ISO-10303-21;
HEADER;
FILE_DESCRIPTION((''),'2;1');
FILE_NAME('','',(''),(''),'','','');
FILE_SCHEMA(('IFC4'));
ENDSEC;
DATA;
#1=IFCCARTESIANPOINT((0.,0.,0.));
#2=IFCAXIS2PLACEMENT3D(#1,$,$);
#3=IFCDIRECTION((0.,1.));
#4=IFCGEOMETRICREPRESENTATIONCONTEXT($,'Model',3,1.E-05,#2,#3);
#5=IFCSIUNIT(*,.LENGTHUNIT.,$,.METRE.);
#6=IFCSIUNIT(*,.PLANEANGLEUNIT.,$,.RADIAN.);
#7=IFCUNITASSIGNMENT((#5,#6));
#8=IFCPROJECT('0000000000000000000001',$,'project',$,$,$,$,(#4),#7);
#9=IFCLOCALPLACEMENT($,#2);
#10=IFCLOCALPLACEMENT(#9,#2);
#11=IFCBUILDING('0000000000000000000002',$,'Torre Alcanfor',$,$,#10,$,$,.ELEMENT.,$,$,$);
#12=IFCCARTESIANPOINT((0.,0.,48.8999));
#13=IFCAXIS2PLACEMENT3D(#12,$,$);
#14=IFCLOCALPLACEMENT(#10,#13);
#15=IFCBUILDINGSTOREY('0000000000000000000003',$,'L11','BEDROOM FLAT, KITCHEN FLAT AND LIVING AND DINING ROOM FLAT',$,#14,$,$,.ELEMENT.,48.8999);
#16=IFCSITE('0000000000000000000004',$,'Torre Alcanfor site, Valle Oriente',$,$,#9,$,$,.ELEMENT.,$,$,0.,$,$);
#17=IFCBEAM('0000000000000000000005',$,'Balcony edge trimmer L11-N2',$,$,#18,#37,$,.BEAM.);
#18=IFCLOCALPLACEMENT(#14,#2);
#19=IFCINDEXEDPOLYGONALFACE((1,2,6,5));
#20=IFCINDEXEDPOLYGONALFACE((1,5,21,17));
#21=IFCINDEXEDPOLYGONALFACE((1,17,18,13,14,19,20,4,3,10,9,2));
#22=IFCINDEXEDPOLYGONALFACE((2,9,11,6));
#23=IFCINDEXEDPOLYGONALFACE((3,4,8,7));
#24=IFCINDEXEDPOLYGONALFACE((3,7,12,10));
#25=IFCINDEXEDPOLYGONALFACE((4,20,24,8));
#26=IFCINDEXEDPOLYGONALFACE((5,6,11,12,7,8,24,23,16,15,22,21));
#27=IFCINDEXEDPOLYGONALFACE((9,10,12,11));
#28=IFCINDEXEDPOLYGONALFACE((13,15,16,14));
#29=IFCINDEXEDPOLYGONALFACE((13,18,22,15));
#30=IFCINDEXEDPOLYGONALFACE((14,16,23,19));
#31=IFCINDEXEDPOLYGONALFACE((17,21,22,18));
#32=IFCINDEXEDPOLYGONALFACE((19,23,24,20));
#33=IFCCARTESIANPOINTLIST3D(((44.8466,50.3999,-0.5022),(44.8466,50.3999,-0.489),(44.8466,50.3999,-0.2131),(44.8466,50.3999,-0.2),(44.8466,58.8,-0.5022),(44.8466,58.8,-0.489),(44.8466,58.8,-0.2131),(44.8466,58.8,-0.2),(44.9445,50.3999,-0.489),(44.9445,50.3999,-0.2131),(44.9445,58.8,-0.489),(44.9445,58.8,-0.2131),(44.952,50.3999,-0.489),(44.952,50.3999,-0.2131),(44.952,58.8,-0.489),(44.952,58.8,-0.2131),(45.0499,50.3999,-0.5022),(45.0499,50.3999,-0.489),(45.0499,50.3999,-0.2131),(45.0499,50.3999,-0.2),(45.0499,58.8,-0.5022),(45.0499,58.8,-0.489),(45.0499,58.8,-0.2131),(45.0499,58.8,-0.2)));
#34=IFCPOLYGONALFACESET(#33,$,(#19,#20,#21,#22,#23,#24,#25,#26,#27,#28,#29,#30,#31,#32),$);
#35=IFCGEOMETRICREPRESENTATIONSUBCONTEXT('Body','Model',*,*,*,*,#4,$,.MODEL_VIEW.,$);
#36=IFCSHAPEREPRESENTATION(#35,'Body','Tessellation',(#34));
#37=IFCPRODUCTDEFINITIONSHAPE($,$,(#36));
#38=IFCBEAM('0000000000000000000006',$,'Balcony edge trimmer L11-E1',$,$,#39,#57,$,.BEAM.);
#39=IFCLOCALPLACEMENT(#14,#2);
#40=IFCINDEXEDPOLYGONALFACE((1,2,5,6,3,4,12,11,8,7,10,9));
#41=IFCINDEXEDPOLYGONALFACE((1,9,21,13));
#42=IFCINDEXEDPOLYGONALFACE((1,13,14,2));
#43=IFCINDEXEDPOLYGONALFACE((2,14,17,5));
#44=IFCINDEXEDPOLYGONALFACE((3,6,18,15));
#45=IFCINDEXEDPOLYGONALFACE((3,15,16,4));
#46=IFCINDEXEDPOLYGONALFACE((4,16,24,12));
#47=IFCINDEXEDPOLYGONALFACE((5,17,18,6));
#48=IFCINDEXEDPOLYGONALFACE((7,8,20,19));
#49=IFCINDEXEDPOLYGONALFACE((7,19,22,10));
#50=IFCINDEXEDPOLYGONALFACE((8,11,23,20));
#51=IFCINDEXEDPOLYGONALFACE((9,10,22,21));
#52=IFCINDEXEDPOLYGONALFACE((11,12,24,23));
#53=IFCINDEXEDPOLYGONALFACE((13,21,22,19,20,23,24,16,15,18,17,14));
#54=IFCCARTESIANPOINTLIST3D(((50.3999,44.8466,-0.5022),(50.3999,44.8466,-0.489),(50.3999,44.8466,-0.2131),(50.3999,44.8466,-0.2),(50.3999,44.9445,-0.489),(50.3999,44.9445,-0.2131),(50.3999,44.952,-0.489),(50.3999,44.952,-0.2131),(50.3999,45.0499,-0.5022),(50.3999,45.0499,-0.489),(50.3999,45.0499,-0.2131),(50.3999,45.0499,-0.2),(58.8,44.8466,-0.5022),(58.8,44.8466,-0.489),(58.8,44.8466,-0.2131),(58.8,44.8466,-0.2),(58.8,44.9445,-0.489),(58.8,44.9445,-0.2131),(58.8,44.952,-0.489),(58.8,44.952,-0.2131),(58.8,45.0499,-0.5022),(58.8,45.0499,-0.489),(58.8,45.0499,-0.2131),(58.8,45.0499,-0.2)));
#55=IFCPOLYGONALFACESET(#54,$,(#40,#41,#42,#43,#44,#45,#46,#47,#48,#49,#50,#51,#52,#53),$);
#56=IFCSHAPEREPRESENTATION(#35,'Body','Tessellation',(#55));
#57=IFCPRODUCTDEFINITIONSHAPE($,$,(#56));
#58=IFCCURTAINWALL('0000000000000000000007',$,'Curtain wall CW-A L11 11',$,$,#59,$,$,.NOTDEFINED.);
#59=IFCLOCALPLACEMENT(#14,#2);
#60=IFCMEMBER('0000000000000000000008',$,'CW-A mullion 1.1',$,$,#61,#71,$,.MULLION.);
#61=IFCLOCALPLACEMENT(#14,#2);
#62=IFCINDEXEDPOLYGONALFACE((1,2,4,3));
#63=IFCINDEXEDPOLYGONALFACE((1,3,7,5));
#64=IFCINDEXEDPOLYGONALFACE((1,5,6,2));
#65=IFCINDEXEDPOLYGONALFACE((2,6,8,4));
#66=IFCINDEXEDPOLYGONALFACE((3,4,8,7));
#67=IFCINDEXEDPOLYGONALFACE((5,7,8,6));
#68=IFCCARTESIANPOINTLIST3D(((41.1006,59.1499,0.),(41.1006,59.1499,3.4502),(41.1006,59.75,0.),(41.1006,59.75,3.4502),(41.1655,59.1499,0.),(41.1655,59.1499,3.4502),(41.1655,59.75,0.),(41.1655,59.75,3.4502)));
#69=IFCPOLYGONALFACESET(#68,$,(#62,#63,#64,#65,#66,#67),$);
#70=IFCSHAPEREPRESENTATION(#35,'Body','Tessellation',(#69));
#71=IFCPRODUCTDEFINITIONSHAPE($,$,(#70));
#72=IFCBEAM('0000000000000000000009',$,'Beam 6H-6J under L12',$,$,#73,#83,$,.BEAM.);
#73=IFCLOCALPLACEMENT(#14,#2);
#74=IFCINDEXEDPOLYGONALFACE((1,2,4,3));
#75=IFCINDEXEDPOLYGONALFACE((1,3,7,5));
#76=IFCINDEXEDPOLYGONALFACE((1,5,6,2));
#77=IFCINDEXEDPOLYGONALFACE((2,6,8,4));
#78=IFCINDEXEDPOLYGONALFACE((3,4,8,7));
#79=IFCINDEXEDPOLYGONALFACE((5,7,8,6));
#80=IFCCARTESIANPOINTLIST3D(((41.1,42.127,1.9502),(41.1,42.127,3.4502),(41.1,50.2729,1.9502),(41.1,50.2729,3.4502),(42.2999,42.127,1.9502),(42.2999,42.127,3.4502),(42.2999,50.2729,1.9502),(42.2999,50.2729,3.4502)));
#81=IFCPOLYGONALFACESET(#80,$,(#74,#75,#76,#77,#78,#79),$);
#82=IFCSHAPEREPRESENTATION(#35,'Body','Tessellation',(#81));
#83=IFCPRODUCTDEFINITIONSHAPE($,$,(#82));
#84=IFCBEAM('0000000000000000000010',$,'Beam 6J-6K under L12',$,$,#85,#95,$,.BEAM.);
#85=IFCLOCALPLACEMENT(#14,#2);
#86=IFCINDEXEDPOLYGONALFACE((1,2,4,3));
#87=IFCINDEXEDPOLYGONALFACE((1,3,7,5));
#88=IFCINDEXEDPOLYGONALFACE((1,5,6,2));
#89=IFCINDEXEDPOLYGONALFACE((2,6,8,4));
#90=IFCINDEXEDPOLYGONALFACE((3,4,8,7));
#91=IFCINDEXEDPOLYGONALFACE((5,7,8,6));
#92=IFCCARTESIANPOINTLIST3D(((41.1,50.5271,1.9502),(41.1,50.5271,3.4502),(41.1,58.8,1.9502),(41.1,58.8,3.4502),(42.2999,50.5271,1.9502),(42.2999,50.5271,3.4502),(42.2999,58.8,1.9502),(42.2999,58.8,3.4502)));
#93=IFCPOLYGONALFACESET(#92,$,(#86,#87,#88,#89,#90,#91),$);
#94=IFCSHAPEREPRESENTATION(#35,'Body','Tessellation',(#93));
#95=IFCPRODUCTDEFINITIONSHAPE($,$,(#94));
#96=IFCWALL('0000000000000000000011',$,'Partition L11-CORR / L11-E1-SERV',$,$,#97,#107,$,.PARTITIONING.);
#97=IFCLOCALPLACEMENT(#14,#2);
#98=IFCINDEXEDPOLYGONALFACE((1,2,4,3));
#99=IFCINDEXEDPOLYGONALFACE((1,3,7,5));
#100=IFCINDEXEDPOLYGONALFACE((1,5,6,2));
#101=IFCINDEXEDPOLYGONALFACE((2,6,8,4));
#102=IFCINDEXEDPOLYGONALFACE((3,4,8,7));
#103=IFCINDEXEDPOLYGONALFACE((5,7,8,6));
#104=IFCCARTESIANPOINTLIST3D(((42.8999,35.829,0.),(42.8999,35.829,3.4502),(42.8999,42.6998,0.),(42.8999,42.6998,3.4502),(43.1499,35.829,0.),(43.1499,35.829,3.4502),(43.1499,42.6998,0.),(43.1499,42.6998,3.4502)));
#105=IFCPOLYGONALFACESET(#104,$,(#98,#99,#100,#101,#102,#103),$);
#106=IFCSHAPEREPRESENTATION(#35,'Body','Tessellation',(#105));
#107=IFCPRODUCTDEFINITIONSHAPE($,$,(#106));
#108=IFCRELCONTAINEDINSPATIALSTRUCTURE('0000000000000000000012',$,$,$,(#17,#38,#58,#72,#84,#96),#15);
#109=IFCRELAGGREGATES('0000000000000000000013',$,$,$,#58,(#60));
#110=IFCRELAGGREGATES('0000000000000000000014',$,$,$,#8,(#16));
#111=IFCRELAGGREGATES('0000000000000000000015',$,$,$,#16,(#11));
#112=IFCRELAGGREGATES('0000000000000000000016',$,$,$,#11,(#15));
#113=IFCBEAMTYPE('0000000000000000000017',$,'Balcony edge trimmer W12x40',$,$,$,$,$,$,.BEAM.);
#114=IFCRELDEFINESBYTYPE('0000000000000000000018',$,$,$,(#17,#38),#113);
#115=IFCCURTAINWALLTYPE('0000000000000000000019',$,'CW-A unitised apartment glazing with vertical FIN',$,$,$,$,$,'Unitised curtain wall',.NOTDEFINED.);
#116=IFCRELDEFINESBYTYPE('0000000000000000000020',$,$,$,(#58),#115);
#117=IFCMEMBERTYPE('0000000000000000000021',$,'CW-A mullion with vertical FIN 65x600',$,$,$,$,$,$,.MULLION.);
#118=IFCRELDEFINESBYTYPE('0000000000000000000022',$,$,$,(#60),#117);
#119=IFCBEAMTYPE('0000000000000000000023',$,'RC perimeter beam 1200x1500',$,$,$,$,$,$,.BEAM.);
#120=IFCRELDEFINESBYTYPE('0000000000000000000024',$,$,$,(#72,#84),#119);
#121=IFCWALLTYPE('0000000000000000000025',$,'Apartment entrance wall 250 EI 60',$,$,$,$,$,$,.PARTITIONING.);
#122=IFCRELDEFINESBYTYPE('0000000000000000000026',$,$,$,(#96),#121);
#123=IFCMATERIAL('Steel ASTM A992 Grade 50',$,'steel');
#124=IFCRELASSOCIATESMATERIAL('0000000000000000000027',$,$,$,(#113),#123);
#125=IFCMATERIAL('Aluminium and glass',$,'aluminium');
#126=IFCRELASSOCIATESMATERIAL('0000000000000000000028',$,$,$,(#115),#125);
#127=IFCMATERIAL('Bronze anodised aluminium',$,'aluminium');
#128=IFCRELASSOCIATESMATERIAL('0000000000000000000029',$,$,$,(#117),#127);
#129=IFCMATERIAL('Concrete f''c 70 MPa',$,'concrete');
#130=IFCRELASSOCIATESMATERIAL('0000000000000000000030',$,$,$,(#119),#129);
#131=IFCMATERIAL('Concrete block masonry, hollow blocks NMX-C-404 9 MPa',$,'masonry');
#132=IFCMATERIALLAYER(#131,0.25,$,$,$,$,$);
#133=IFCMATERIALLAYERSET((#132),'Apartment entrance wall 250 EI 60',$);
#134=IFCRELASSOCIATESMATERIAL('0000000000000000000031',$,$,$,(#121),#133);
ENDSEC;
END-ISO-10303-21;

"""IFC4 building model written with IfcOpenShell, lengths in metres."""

from ifc_helpers import new_model, si_unit, direction, frame, frame_2d, origin, origin_2d, place, context, subcontext, project, spatial, rectangle, i_section, extrude, material, layer, layer_set, material_profile, profile_set, type_object, element, aggregate, save


model = new_model("IFC4")

# Units and contexts
model_context = context("Model", 3, precision=1e-05, world=origin(), true_north=direction((0.0, 1.0)))
body_context = subcontext(model_context, "Body", "Model", "MODEL_VIEW")
ifc_project = project(units=[si_unit("LENGTHUNIT", "METRE"), si_unit("PLANEANGLEUNIT", "RADIAN")], contexts=[model_context])

# Site, building, storey
site_placement = place(None, origin())
site = spatial("IfcSite", under=ifc_project, at=site_placement, Name="Torre Alcanfor site, Valle Oriente", CompositionType="ELEMENT", RefElevation=0.0)
building_placement = place(site_placement, origin())
building = spatial("IfcBuilding", under=site, at=building_placement, Name="Torre Alcanfor", CompositionType="ELEMENT")
storey_placement = place(building_placement, frame((0.0, 0.0, 48.8999)))
storey = spatial("IfcBuildingStorey", under=building, at=storey_placement, Name="L11", Description="BEDROOM FLAT, KITCHEN FLAT AND LIVING AND DINING ROOM FLAT", CompositionType="ELEMENT", Elevation=48.8999)

# Beams
ifc_material_1 = material(Name="Steel ASTM A992 Grade 50", Category="steel")
ifc_material_profile_1 = material_profile(ifc_material_1, i_section(OverallWidth=0.2034, OverallDepth=0.3022, WebThickness=0.0076, FlangeThickness=0.0132, at=origin_2d()), Name="W12x40")
ifc_profile_set_1 = profile_set([ifc_material_profile_1], Name="Steel ASTM A992 Grade 50")
beam_type_1 = type_object("IfcBeamType", Name="Balcony edge trimmer W12x40", PredefinedType="BEAM", material=ifc_profile_set_1)
for number, where, z_axis, x_axis, name in (
    (1, (44.9482, 50.3999, -0.3511), (0.0, 1.0, 0.0), (-1.0, 0.0, 0.0), "Balcony edge trimmer L11-N2"),
    (2, (50.3999, 44.9482, -0.3511), (1.0, 0.0, 0.0), (0.0, 1.0, 0.0), "Balcony edge trimmer L11-E1"),
):
    element("IfcBeam", number, at=place(storey_placement, frame(where, z_axis=z_axis, x_axis=x_axis)), inside=storey, type_object=beam_type_1, Name=name, PredefinedType="BEAM", context=body_context, shape_type="SweptSolid", body=[
        extrude(i_section(OverallWidth=0.2034, OverallDepth=0.3022, WebThickness=0.0076, FlangeThickness=0.0132, at=origin_2d()), origin(), (0.0, 0.0, 1.0), 8.4001),
    ])

# Curtain wall, member
ifc_material_2 = material(Name="Aluminium and glass", Category="aluminium")
curtain_wall_type = type_object("IfcCurtainWallType", Name="CW-A unitised apartment glazing with vertical FIN", ElementType="Unitised curtain wall", PredefinedType="NOTDEFINED", material=ifc_material_2)
curtain_wall_placement = place(storey_placement, origin())
curtain_wall = element("IfcCurtainWall", 3, at=curtain_wall_placement, inside=storey, type_object=curtain_wall_type, Name="Curtain wall CW-A L11 11", PredefinedType="NOTDEFINED")
ifc_material_3 = material(Name="Bronze anodised aluminium", Category="aluminium")
ifc_material_profile_2 = material_profile(ifc_material_3, rectangle(XDim=0.6001, YDim=0.0649, at=origin_2d()), Name="CW-A mullion 65x600")
ifc_profile_set_2 = profile_set([ifc_material_profile_2], Name="Bronze anodised aluminium")
member_type = type_object("IfcMemberType", Name="CW-A mullion with vertical FIN 65x600", PredefinedType="MULLION", material=ifc_profile_set_2)
member_placement = place(storey_placement, frame((41.1331, 59.45, 0.0), z_axis=(0.0, 0.0, 1.0), x_axis=(0.0, -1.0, 0.0)))
member = element("IfcMember", 4, at=member_placement, type_object=member_type, Name="CW-A mullion 1.1", PredefinedType="MULLION", context=body_context, shape_type="SweptSolid", body=[
    extrude(rectangle(XDim=0.6001, YDim=0.0649, at=origin_2d()), origin(), (0.0, 0.0, 1.0), 3.4502),
])
aggregate(curtain_wall, [member])

# Beams
ifc_material_4 = material(Name="Concrete f'c 70 MPa", Category="concrete")
ifc_material_profile_3 = material_profile(ifc_material_4, rectangle(XDim=1.2, YDim=1.5, at=origin_2d()), Name="1200x1500")
ifc_profile_set_3 = profile_set([ifc_material_profile_3], Name="Concrete f'c 70 MPa")
beam_type_2 = type_object("IfcBeamType", Name="RC perimeter beam 1200x1500", PredefinedType="BEAM", material=ifc_profile_set_3)
beam_1_placement = place(storey_placement, frame((41.7, 42.127, 2.7002), z_axis=(0.0, 1.0, 0.0), x_axis=(-1.0, 0.0, 0.0)))
element("IfcBeam", 5, at=beam_1_placement, inside=storey, type_object=beam_type_2, Name="Beam 6H-6J under L12", PredefinedType="BEAM", context=body_context, shape_type="SweptSolid", body=[
    extrude(rectangle(XDim=1.2, YDim=1.5, at=origin_2d()), origin(), (0.0, 0.0, 1.0), 8.146),
])
beam_2_placement = place(storey_placement, frame((41.7, 50.5271, 2.7002), z_axis=(0.0, 1.0, 0.0), x_axis=(-1.0, 0.0, 0.0)))
element("IfcBeam", 6, at=beam_2_placement, inside=storey, type_object=beam_type_2, Name="Beam 6J-6K under L12", PredefinedType="BEAM", context=body_context, shape_type="SweptSolid", body=[
    extrude(rectangle(XDim=1.2, YDim=1.5, at=origin_2d()), origin(), (0.0, 0.0, 1.0), 8.2729),
])

# Wall
ifc_material_5 = material(Name="Concrete block masonry, hollow blocks NMX-C-404 9 MPa", Category="masonry")
ifc_layer_1 = layer(ifc_material_5, 0.25)
ifc_layer_set_1 = layer_set([ifc_layer_1], Name="Apartment entrance wall 250 EI 60")
wall_type_1 = type_object("IfcWallType", Name="Apartment entrance wall 250 EI 60", PredefinedType="PARTITIONING", material=ifc_layer_set_1)
wall_1_placement = place(storey_placement, frame((43.0249, 42.7, 0.0), z_axis=(0.0, 0.0, 1.0), x_axis=(0.0, -1.0, 0.0)))
element("IfcWall", 7, at=wall_1_placement, inside=storey, type_object=wall_type_1, Name="Partition L11-CORR / L11-E1-SERV", PredefinedType="PARTITIONING", context=body_context, shape_type="SweptSolid", body=[
    extrude(rectangle(XDim=6.8708, YDim=0.25, at=frame_2d((3.4355, 0.0))), origin(), (0.0, 0.0, 1.0), 3.4502),
])

save(model, "model.ifc")
